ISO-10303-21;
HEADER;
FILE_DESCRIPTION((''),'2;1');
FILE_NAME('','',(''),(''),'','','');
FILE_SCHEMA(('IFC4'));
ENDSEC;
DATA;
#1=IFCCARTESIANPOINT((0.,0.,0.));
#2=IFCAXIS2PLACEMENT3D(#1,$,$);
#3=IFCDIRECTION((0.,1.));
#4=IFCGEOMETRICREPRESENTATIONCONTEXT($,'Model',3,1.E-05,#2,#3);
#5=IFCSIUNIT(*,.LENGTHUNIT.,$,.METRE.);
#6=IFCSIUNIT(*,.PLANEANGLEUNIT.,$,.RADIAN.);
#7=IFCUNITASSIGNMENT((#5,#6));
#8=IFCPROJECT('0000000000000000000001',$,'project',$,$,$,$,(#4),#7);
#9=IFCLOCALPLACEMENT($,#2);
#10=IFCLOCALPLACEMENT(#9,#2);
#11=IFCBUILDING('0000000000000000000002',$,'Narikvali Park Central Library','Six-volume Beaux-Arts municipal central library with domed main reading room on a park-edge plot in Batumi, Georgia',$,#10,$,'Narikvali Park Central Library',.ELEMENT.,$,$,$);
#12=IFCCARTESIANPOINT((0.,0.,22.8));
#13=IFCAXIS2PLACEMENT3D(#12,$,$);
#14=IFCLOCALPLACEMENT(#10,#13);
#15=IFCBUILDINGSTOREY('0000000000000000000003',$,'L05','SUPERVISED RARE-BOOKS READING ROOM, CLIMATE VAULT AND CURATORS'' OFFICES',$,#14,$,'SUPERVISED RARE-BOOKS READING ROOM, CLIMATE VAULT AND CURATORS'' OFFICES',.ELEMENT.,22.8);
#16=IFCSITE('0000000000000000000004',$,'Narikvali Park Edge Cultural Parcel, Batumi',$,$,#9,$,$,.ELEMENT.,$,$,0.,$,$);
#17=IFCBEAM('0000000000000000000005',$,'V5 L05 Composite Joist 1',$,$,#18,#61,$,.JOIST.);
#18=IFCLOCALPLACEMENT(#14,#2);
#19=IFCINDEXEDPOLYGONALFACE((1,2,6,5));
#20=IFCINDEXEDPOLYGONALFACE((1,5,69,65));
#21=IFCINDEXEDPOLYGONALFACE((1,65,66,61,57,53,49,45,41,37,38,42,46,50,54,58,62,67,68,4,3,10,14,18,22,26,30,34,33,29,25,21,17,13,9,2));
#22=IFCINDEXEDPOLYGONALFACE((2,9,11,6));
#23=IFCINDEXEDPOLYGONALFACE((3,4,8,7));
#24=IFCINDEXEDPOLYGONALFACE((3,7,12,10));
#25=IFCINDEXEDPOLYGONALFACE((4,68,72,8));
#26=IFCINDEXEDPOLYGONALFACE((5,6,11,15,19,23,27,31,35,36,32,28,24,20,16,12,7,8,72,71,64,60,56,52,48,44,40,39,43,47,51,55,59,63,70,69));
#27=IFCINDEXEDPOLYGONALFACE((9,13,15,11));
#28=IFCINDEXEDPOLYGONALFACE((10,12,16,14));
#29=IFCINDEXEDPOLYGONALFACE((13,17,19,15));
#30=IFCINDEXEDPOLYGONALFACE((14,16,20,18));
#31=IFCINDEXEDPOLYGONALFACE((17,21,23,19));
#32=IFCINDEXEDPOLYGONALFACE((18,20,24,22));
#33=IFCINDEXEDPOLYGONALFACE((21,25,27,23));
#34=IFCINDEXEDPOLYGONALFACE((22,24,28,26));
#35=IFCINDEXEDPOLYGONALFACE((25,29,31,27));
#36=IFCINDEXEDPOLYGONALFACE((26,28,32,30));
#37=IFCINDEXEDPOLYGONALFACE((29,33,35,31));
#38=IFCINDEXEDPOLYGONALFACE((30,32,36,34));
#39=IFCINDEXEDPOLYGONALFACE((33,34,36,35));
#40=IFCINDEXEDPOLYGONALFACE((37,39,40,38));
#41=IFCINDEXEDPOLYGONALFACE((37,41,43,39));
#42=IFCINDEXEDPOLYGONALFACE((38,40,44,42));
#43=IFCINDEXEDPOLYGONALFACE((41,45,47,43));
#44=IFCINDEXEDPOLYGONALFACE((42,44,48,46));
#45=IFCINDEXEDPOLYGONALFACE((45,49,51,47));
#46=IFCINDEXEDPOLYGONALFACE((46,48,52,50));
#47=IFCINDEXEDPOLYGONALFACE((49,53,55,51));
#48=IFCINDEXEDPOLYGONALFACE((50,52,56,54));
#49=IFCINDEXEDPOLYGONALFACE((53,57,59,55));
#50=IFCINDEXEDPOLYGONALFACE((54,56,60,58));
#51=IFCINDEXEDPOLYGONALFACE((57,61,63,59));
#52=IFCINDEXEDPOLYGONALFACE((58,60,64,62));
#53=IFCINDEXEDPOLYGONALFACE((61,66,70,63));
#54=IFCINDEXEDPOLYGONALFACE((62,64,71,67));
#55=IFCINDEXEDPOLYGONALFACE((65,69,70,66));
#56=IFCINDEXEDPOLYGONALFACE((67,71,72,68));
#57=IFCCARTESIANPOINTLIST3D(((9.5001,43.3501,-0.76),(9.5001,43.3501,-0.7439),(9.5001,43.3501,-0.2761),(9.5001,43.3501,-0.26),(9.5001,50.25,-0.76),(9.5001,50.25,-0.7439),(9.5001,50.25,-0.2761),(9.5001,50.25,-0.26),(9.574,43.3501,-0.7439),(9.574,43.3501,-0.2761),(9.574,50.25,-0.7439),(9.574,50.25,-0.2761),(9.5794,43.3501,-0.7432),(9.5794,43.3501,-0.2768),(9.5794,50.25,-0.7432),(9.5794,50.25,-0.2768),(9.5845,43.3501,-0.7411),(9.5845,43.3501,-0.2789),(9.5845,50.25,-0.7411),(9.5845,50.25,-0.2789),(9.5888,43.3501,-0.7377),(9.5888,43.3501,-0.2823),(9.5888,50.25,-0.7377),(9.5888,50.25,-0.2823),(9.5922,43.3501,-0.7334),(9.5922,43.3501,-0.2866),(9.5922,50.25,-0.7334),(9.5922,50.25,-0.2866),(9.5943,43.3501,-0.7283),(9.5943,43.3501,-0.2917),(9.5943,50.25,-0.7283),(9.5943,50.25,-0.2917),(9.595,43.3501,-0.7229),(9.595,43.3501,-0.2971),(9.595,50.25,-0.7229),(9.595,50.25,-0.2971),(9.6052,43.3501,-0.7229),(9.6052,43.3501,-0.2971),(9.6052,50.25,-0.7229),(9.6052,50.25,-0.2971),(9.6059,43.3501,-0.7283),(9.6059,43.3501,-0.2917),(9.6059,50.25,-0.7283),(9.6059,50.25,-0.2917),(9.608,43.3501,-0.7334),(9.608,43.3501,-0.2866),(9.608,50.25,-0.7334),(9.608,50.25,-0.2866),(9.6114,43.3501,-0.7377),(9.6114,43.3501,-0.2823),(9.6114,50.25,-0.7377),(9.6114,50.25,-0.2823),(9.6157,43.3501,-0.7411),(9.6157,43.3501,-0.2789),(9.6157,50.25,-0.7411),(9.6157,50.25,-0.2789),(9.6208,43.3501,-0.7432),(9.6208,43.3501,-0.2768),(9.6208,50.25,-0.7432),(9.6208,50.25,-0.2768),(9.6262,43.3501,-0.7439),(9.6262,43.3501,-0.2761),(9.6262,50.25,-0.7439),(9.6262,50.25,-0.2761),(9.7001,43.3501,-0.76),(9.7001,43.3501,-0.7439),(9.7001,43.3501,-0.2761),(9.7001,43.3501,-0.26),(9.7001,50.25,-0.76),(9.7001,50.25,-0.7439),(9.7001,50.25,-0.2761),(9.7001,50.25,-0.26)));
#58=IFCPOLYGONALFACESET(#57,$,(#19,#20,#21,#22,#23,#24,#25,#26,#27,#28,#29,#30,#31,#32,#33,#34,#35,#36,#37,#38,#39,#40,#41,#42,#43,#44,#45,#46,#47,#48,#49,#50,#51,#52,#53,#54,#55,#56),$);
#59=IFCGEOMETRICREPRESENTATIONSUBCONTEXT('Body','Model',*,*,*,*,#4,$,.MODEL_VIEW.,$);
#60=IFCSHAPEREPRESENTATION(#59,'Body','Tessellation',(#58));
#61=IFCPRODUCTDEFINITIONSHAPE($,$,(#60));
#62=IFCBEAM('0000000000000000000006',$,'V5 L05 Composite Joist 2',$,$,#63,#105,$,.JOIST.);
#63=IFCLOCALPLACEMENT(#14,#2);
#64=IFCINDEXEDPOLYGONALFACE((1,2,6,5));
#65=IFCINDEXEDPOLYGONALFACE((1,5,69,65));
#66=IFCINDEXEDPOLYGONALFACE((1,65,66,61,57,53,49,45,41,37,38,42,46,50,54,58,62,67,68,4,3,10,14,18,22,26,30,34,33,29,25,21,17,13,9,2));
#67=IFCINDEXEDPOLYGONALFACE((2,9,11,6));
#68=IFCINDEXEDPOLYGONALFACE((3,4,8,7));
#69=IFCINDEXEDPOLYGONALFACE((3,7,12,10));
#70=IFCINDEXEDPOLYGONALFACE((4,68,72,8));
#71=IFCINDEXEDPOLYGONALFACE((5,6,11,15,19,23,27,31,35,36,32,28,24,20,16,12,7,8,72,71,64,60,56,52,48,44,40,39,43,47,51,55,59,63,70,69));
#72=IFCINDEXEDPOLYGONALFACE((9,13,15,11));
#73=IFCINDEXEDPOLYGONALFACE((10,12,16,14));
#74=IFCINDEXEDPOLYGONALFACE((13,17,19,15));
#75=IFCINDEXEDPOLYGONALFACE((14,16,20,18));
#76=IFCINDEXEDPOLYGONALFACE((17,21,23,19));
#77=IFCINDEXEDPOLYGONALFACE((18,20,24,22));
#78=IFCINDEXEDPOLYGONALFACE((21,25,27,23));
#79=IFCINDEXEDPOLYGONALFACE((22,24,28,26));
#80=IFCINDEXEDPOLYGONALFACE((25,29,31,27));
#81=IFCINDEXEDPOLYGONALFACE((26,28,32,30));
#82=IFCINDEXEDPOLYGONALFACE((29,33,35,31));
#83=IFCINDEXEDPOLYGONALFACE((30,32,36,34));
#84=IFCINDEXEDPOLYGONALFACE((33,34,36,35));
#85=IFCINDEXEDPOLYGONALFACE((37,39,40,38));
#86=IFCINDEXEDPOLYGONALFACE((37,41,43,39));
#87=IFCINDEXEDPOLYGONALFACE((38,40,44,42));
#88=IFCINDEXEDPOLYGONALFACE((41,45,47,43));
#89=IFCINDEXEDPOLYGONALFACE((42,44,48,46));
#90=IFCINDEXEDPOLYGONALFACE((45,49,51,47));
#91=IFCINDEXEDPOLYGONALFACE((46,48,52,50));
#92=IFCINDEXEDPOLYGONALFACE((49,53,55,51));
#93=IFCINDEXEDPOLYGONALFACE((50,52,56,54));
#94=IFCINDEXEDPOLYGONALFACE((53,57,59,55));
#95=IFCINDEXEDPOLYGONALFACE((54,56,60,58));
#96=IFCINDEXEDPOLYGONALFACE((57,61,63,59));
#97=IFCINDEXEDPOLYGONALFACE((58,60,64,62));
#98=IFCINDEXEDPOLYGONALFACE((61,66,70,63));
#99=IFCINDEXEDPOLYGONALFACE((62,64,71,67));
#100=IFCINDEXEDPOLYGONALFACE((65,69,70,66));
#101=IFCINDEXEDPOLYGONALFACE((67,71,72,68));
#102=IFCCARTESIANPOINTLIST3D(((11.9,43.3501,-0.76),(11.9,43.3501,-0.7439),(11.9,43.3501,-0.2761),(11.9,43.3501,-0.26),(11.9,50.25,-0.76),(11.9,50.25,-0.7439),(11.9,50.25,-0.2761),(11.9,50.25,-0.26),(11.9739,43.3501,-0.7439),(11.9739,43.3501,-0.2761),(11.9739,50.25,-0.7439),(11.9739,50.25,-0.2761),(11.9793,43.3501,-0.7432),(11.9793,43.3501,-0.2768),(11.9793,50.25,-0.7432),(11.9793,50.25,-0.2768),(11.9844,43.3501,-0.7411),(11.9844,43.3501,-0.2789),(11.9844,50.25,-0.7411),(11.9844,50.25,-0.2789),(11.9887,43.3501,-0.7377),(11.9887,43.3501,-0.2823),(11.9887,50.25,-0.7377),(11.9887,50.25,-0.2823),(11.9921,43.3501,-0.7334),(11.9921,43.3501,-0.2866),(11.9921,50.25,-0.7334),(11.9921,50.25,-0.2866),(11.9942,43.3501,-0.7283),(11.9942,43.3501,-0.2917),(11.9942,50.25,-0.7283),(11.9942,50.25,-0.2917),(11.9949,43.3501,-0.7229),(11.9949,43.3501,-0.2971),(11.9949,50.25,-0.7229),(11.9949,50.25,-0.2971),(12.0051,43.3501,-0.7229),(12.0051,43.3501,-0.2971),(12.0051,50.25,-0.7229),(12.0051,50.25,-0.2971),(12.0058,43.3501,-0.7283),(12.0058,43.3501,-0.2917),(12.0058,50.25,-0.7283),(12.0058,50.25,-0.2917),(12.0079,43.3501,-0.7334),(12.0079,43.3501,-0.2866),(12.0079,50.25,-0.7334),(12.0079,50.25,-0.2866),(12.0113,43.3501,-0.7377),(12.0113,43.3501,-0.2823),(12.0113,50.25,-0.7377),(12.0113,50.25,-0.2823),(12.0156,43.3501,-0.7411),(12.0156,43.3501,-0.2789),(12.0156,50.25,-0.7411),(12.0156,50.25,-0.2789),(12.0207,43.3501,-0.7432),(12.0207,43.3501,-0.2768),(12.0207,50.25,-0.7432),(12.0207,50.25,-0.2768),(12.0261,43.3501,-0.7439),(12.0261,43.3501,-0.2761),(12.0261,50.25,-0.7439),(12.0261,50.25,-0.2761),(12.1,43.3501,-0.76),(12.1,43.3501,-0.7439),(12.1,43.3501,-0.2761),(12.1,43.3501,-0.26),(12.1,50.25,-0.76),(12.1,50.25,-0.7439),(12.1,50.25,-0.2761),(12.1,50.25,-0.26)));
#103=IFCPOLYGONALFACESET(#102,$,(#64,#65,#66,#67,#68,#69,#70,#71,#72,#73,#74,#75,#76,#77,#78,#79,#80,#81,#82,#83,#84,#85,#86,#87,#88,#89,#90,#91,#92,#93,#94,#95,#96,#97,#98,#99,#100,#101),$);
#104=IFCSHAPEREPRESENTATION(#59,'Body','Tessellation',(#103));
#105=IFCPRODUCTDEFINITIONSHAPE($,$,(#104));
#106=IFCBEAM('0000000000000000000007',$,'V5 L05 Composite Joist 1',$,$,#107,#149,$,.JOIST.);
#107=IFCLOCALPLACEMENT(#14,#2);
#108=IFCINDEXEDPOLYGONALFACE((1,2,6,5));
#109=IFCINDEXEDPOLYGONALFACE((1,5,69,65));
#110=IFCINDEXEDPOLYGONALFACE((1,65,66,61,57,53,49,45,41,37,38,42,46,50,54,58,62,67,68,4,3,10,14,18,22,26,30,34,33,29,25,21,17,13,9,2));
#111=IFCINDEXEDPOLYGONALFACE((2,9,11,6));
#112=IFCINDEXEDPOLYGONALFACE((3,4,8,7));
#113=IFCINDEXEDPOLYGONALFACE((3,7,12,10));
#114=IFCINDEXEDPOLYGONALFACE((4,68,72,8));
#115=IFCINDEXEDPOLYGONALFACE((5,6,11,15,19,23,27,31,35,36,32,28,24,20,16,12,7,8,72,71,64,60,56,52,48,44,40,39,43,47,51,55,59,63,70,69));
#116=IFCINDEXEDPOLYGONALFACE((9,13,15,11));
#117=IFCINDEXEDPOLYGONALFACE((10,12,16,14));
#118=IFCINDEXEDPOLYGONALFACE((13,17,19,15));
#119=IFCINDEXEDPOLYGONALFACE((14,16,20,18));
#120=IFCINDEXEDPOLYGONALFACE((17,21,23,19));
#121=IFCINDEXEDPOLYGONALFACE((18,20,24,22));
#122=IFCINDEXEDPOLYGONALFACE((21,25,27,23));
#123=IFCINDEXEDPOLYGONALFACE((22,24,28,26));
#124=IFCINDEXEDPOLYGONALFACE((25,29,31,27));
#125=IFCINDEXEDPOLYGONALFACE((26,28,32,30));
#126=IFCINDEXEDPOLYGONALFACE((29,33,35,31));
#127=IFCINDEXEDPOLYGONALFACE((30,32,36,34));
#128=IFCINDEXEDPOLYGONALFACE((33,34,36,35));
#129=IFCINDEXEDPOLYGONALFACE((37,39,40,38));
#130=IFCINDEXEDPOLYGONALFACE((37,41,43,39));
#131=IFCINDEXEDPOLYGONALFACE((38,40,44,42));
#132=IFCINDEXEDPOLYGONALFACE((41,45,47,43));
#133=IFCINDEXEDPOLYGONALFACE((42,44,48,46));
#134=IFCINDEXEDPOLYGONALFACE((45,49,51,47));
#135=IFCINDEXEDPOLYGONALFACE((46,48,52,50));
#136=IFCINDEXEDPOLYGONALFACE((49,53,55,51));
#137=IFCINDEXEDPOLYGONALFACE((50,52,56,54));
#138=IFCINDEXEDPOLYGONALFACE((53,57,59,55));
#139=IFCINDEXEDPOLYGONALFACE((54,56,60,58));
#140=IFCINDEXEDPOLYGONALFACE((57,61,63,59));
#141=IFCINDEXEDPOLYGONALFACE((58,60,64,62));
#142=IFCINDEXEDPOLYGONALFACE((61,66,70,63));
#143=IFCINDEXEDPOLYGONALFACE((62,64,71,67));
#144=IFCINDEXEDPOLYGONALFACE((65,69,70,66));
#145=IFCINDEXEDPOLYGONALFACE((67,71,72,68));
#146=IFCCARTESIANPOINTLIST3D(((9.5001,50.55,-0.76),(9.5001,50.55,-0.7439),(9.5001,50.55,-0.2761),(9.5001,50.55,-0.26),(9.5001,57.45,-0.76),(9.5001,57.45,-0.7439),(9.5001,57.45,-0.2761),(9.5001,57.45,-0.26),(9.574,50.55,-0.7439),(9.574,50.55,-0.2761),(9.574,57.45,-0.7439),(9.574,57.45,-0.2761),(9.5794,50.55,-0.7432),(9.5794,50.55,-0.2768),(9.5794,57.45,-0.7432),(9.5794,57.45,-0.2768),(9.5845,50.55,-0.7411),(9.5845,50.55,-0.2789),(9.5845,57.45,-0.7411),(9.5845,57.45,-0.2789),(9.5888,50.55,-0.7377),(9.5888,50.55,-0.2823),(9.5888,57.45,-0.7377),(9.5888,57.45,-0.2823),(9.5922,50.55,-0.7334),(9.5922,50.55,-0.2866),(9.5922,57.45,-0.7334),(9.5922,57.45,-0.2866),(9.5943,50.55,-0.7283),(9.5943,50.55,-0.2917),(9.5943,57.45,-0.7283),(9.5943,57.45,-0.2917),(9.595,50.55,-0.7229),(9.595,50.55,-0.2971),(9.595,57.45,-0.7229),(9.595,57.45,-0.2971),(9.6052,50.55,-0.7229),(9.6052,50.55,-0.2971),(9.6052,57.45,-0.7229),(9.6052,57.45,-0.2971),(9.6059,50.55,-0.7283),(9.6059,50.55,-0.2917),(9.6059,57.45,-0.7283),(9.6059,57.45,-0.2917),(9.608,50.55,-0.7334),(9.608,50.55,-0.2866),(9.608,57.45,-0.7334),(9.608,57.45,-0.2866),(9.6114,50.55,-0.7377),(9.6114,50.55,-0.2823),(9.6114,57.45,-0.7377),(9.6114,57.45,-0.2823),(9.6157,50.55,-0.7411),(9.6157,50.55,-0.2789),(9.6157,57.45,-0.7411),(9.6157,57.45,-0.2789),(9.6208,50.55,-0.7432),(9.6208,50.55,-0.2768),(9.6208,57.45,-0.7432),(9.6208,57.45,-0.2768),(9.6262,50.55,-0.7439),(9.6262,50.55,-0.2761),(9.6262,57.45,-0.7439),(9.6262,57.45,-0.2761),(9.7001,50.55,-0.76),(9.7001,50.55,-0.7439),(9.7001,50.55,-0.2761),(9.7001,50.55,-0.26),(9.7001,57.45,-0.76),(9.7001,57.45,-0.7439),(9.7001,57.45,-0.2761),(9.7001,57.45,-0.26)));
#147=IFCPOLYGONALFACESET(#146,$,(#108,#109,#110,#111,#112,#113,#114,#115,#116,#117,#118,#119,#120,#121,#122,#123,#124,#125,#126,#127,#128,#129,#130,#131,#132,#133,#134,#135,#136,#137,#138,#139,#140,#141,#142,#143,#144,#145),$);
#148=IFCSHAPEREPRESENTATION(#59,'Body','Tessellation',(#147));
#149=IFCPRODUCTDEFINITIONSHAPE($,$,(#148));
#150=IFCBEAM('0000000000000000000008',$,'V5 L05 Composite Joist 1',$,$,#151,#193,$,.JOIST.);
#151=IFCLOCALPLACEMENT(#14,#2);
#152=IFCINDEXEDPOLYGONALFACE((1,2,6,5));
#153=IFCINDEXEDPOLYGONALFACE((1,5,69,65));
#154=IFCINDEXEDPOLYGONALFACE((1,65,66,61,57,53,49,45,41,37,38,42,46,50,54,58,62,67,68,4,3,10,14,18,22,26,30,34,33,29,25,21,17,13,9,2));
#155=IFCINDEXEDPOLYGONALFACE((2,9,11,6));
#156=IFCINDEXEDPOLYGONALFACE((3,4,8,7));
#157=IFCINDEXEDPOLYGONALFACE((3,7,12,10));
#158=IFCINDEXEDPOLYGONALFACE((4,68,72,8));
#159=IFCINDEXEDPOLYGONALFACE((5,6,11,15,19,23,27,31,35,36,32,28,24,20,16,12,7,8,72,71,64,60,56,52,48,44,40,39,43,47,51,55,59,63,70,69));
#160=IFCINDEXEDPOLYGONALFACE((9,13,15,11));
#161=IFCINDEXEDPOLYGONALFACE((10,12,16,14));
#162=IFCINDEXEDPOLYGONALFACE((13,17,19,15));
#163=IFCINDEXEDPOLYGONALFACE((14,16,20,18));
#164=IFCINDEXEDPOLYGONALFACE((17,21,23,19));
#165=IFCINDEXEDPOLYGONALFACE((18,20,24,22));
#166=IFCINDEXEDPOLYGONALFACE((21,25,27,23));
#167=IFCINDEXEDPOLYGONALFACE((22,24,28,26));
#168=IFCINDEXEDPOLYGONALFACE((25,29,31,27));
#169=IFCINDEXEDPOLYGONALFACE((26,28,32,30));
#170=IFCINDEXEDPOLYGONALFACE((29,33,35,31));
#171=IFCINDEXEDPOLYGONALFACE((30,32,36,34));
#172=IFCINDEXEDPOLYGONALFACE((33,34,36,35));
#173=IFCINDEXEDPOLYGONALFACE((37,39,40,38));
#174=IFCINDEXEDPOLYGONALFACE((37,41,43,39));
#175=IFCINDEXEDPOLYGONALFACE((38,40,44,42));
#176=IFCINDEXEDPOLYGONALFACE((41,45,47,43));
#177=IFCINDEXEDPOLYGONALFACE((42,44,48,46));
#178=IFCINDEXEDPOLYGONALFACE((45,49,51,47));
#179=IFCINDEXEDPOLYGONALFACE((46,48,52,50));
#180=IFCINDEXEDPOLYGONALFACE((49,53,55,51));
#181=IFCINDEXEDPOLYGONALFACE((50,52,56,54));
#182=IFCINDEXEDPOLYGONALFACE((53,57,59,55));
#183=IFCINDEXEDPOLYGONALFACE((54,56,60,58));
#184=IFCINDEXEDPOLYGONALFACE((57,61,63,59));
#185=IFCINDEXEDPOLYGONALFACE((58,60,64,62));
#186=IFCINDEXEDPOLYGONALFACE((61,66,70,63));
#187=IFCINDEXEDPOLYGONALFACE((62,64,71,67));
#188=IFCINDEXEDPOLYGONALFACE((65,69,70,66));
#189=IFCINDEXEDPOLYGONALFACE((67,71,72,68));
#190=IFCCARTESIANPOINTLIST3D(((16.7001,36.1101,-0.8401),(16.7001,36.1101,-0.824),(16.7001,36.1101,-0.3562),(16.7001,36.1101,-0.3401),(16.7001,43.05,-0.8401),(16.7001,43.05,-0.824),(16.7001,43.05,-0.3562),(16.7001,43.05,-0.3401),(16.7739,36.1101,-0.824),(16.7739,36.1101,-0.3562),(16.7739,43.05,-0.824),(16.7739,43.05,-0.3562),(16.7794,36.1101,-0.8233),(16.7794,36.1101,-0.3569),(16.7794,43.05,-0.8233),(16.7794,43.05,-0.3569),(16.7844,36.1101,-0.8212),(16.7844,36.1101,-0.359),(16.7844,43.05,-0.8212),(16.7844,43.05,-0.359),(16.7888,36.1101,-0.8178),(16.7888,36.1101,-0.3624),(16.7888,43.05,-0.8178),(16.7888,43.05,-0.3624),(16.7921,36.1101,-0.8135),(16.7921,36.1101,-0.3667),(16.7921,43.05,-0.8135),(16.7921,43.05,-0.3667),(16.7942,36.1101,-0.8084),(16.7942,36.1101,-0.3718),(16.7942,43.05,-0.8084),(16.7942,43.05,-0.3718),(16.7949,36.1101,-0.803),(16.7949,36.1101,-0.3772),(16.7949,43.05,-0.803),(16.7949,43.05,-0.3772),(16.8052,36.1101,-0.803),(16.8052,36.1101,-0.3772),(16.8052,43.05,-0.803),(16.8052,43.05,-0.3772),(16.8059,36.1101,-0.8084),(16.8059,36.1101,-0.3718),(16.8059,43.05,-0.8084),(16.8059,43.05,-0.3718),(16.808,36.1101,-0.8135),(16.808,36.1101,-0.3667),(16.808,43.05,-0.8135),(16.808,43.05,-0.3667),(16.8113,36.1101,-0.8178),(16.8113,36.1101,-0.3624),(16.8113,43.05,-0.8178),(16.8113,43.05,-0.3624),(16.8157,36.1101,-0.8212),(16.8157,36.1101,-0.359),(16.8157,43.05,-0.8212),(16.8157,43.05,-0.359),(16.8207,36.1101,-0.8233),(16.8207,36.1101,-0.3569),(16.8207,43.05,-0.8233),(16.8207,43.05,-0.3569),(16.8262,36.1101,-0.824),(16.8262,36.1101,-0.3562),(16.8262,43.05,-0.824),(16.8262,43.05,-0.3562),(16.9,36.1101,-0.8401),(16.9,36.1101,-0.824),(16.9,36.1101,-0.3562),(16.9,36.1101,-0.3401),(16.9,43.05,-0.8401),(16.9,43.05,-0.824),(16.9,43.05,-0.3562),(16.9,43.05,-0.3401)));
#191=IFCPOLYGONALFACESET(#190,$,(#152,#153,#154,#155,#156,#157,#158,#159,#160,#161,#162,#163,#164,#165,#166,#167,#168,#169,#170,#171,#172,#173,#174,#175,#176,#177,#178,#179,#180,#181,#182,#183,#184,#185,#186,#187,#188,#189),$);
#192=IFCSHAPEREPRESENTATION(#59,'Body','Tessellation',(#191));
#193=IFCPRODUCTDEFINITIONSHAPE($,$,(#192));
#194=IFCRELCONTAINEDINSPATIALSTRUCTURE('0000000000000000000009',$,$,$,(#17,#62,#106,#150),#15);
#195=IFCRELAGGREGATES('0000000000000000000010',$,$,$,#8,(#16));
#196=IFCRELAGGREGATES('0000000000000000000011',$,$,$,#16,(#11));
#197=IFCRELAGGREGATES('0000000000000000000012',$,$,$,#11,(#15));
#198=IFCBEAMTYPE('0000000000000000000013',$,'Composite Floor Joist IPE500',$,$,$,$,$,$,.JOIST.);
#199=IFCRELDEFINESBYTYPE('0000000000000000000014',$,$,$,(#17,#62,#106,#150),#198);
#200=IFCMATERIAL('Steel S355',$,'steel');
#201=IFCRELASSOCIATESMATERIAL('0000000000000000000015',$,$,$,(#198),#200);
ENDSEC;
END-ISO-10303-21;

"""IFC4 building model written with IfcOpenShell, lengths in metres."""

from ifc_helpers import new_model, si_unit, direction, frame, origin, origin_2d, place, context, subcontext, project, spatial, i_section, extrude, material, material_profile, profile_set, type_object, element, save


model = new_model("IFC4")

# Units and contexts
model_context = context("Model", 3, precision=1e-05, world=origin(), true_north=direction((0.0, 1.0)))
body_context = subcontext(model_context, "Body", "Model", "MODEL_VIEW")
ifc_project = project(units=[si_unit("LENGTHUNIT", "METRE"), si_unit("PLANEANGLEUNIT", "RADIAN")], contexts=[model_context])

# Site, building, storey
site_placement = place(None, origin())
site = spatial("IfcSite", under=ifc_project, at=site_placement, Name="Narikvali Park Edge Cultural Parcel, Batumi", CompositionType="ELEMENT", RefElevation=0.0)
building_placement = place(site_placement, origin())
building = spatial("IfcBuilding", under=site, at=building_placement, Name="Narikvali Park Central Library", Description="Six-volume Beaux-Arts municipal central library with domed main reading room on a park-edge plot in Batumi, Georgia", LongName="Narikvali Park Central Library", CompositionType="ELEMENT")
storey_placement = place(building_placement, frame((0.0, 0.0, 22.8)))
storey = spatial("IfcBuildingStorey", under=building, at=storey_placement, Name="L05", Description="SUPERVISED RARE-BOOKS READING ROOM, CLIMATE VAULT AND CURATORS' OFFICES", LongName="SUPERVISED RARE-BOOKS READING ROOM, CLIMATE VAULT AND CURATORS' OFFICES", CompositionType="ELEMENT", Elevation=22.8)

# Shared definitions
ifc_material_1 = material(Name="Steel S355", Category="steel")

# Beams
ifc_material_profile_1 = material_profile(ifc_material_1, i_section(OverallWidth=0.2, OverallDepth=0.5, WebThickness=0.0103, FlangeThickness=0.0161, FilletRadius=0.021, at=origin_2d()), Name="IPE 500")
ifc_profile_set_1 = profile_set([ifc_material_profile_1], Name="Steel S355")
beam_type_1 = type_object("IfcBeamType", Name="Composite Floor Joist IPE500", PredefinedType="JOIST", material=ifc_profile_set_1)
for number, where, z_axis, x_axis, name in (
    (1, (9.6001, 43.3501, -0.51), (0.0, 1.0, 0.0), (-1.0, 0.0, 0.0), "V5 L05 Composite Joist 1"),
    (2, (12.0, 43.3501, -0.51), (0.0, 1.0, 0.0), (-1.0, 0.0, 0.0), "V5 L05 Composite Joist 2"),
    (3, (9.6001, 50.55, -0.51), (0.0, 1.0, 0.0), (-1.0, 0.0, 0.0), "V5 L05 Composite Joist 1"),
):
    element("IfcBeam", number, at=place(storey_placement, frame(where, z_axis=z_axis, x_axis=x_axis)), inside=storey, type_object=beam_type_1, Name=name, PredefinedType="JOIST", context=body_context, shape_type="SweptSolid", body=[
        extrude(i_section(OverallWidth=0.2, OverallDepth=0.5, WebThickness=0.0103, FlangeThickness=0.0161, FilletRadius=0.021, at=origin_2d()), origin(), (0.0, 0.0, 1.0), 6.8999),
    ])
beam_1_placement = place(storey_placement, frame((16.8, 36.1101, -0.5901), z_axis=(0.0, 1.0, 0.0), x_axis=(-1.0, 0.0, 0.0)))
element("IfcBeam", 4, at=beam_1_placement, inside=storey, type_object=beam_type_1, Name="V5 L05 Composite Joist 1", PredefinedType="JOIST", context=body_context, shape_type="SweptSolid", body=[
    extrude(i_section(OverallWidth=0.2, OverallDepth=0.5, WebThickness=0.0103, FlangeThickness=0.0161, FilletRadius=0.021, at=origin_2d()), origin(), (0.0, 0.0, 1.0), 6.9399),
])

save(model, "model.ifc")
